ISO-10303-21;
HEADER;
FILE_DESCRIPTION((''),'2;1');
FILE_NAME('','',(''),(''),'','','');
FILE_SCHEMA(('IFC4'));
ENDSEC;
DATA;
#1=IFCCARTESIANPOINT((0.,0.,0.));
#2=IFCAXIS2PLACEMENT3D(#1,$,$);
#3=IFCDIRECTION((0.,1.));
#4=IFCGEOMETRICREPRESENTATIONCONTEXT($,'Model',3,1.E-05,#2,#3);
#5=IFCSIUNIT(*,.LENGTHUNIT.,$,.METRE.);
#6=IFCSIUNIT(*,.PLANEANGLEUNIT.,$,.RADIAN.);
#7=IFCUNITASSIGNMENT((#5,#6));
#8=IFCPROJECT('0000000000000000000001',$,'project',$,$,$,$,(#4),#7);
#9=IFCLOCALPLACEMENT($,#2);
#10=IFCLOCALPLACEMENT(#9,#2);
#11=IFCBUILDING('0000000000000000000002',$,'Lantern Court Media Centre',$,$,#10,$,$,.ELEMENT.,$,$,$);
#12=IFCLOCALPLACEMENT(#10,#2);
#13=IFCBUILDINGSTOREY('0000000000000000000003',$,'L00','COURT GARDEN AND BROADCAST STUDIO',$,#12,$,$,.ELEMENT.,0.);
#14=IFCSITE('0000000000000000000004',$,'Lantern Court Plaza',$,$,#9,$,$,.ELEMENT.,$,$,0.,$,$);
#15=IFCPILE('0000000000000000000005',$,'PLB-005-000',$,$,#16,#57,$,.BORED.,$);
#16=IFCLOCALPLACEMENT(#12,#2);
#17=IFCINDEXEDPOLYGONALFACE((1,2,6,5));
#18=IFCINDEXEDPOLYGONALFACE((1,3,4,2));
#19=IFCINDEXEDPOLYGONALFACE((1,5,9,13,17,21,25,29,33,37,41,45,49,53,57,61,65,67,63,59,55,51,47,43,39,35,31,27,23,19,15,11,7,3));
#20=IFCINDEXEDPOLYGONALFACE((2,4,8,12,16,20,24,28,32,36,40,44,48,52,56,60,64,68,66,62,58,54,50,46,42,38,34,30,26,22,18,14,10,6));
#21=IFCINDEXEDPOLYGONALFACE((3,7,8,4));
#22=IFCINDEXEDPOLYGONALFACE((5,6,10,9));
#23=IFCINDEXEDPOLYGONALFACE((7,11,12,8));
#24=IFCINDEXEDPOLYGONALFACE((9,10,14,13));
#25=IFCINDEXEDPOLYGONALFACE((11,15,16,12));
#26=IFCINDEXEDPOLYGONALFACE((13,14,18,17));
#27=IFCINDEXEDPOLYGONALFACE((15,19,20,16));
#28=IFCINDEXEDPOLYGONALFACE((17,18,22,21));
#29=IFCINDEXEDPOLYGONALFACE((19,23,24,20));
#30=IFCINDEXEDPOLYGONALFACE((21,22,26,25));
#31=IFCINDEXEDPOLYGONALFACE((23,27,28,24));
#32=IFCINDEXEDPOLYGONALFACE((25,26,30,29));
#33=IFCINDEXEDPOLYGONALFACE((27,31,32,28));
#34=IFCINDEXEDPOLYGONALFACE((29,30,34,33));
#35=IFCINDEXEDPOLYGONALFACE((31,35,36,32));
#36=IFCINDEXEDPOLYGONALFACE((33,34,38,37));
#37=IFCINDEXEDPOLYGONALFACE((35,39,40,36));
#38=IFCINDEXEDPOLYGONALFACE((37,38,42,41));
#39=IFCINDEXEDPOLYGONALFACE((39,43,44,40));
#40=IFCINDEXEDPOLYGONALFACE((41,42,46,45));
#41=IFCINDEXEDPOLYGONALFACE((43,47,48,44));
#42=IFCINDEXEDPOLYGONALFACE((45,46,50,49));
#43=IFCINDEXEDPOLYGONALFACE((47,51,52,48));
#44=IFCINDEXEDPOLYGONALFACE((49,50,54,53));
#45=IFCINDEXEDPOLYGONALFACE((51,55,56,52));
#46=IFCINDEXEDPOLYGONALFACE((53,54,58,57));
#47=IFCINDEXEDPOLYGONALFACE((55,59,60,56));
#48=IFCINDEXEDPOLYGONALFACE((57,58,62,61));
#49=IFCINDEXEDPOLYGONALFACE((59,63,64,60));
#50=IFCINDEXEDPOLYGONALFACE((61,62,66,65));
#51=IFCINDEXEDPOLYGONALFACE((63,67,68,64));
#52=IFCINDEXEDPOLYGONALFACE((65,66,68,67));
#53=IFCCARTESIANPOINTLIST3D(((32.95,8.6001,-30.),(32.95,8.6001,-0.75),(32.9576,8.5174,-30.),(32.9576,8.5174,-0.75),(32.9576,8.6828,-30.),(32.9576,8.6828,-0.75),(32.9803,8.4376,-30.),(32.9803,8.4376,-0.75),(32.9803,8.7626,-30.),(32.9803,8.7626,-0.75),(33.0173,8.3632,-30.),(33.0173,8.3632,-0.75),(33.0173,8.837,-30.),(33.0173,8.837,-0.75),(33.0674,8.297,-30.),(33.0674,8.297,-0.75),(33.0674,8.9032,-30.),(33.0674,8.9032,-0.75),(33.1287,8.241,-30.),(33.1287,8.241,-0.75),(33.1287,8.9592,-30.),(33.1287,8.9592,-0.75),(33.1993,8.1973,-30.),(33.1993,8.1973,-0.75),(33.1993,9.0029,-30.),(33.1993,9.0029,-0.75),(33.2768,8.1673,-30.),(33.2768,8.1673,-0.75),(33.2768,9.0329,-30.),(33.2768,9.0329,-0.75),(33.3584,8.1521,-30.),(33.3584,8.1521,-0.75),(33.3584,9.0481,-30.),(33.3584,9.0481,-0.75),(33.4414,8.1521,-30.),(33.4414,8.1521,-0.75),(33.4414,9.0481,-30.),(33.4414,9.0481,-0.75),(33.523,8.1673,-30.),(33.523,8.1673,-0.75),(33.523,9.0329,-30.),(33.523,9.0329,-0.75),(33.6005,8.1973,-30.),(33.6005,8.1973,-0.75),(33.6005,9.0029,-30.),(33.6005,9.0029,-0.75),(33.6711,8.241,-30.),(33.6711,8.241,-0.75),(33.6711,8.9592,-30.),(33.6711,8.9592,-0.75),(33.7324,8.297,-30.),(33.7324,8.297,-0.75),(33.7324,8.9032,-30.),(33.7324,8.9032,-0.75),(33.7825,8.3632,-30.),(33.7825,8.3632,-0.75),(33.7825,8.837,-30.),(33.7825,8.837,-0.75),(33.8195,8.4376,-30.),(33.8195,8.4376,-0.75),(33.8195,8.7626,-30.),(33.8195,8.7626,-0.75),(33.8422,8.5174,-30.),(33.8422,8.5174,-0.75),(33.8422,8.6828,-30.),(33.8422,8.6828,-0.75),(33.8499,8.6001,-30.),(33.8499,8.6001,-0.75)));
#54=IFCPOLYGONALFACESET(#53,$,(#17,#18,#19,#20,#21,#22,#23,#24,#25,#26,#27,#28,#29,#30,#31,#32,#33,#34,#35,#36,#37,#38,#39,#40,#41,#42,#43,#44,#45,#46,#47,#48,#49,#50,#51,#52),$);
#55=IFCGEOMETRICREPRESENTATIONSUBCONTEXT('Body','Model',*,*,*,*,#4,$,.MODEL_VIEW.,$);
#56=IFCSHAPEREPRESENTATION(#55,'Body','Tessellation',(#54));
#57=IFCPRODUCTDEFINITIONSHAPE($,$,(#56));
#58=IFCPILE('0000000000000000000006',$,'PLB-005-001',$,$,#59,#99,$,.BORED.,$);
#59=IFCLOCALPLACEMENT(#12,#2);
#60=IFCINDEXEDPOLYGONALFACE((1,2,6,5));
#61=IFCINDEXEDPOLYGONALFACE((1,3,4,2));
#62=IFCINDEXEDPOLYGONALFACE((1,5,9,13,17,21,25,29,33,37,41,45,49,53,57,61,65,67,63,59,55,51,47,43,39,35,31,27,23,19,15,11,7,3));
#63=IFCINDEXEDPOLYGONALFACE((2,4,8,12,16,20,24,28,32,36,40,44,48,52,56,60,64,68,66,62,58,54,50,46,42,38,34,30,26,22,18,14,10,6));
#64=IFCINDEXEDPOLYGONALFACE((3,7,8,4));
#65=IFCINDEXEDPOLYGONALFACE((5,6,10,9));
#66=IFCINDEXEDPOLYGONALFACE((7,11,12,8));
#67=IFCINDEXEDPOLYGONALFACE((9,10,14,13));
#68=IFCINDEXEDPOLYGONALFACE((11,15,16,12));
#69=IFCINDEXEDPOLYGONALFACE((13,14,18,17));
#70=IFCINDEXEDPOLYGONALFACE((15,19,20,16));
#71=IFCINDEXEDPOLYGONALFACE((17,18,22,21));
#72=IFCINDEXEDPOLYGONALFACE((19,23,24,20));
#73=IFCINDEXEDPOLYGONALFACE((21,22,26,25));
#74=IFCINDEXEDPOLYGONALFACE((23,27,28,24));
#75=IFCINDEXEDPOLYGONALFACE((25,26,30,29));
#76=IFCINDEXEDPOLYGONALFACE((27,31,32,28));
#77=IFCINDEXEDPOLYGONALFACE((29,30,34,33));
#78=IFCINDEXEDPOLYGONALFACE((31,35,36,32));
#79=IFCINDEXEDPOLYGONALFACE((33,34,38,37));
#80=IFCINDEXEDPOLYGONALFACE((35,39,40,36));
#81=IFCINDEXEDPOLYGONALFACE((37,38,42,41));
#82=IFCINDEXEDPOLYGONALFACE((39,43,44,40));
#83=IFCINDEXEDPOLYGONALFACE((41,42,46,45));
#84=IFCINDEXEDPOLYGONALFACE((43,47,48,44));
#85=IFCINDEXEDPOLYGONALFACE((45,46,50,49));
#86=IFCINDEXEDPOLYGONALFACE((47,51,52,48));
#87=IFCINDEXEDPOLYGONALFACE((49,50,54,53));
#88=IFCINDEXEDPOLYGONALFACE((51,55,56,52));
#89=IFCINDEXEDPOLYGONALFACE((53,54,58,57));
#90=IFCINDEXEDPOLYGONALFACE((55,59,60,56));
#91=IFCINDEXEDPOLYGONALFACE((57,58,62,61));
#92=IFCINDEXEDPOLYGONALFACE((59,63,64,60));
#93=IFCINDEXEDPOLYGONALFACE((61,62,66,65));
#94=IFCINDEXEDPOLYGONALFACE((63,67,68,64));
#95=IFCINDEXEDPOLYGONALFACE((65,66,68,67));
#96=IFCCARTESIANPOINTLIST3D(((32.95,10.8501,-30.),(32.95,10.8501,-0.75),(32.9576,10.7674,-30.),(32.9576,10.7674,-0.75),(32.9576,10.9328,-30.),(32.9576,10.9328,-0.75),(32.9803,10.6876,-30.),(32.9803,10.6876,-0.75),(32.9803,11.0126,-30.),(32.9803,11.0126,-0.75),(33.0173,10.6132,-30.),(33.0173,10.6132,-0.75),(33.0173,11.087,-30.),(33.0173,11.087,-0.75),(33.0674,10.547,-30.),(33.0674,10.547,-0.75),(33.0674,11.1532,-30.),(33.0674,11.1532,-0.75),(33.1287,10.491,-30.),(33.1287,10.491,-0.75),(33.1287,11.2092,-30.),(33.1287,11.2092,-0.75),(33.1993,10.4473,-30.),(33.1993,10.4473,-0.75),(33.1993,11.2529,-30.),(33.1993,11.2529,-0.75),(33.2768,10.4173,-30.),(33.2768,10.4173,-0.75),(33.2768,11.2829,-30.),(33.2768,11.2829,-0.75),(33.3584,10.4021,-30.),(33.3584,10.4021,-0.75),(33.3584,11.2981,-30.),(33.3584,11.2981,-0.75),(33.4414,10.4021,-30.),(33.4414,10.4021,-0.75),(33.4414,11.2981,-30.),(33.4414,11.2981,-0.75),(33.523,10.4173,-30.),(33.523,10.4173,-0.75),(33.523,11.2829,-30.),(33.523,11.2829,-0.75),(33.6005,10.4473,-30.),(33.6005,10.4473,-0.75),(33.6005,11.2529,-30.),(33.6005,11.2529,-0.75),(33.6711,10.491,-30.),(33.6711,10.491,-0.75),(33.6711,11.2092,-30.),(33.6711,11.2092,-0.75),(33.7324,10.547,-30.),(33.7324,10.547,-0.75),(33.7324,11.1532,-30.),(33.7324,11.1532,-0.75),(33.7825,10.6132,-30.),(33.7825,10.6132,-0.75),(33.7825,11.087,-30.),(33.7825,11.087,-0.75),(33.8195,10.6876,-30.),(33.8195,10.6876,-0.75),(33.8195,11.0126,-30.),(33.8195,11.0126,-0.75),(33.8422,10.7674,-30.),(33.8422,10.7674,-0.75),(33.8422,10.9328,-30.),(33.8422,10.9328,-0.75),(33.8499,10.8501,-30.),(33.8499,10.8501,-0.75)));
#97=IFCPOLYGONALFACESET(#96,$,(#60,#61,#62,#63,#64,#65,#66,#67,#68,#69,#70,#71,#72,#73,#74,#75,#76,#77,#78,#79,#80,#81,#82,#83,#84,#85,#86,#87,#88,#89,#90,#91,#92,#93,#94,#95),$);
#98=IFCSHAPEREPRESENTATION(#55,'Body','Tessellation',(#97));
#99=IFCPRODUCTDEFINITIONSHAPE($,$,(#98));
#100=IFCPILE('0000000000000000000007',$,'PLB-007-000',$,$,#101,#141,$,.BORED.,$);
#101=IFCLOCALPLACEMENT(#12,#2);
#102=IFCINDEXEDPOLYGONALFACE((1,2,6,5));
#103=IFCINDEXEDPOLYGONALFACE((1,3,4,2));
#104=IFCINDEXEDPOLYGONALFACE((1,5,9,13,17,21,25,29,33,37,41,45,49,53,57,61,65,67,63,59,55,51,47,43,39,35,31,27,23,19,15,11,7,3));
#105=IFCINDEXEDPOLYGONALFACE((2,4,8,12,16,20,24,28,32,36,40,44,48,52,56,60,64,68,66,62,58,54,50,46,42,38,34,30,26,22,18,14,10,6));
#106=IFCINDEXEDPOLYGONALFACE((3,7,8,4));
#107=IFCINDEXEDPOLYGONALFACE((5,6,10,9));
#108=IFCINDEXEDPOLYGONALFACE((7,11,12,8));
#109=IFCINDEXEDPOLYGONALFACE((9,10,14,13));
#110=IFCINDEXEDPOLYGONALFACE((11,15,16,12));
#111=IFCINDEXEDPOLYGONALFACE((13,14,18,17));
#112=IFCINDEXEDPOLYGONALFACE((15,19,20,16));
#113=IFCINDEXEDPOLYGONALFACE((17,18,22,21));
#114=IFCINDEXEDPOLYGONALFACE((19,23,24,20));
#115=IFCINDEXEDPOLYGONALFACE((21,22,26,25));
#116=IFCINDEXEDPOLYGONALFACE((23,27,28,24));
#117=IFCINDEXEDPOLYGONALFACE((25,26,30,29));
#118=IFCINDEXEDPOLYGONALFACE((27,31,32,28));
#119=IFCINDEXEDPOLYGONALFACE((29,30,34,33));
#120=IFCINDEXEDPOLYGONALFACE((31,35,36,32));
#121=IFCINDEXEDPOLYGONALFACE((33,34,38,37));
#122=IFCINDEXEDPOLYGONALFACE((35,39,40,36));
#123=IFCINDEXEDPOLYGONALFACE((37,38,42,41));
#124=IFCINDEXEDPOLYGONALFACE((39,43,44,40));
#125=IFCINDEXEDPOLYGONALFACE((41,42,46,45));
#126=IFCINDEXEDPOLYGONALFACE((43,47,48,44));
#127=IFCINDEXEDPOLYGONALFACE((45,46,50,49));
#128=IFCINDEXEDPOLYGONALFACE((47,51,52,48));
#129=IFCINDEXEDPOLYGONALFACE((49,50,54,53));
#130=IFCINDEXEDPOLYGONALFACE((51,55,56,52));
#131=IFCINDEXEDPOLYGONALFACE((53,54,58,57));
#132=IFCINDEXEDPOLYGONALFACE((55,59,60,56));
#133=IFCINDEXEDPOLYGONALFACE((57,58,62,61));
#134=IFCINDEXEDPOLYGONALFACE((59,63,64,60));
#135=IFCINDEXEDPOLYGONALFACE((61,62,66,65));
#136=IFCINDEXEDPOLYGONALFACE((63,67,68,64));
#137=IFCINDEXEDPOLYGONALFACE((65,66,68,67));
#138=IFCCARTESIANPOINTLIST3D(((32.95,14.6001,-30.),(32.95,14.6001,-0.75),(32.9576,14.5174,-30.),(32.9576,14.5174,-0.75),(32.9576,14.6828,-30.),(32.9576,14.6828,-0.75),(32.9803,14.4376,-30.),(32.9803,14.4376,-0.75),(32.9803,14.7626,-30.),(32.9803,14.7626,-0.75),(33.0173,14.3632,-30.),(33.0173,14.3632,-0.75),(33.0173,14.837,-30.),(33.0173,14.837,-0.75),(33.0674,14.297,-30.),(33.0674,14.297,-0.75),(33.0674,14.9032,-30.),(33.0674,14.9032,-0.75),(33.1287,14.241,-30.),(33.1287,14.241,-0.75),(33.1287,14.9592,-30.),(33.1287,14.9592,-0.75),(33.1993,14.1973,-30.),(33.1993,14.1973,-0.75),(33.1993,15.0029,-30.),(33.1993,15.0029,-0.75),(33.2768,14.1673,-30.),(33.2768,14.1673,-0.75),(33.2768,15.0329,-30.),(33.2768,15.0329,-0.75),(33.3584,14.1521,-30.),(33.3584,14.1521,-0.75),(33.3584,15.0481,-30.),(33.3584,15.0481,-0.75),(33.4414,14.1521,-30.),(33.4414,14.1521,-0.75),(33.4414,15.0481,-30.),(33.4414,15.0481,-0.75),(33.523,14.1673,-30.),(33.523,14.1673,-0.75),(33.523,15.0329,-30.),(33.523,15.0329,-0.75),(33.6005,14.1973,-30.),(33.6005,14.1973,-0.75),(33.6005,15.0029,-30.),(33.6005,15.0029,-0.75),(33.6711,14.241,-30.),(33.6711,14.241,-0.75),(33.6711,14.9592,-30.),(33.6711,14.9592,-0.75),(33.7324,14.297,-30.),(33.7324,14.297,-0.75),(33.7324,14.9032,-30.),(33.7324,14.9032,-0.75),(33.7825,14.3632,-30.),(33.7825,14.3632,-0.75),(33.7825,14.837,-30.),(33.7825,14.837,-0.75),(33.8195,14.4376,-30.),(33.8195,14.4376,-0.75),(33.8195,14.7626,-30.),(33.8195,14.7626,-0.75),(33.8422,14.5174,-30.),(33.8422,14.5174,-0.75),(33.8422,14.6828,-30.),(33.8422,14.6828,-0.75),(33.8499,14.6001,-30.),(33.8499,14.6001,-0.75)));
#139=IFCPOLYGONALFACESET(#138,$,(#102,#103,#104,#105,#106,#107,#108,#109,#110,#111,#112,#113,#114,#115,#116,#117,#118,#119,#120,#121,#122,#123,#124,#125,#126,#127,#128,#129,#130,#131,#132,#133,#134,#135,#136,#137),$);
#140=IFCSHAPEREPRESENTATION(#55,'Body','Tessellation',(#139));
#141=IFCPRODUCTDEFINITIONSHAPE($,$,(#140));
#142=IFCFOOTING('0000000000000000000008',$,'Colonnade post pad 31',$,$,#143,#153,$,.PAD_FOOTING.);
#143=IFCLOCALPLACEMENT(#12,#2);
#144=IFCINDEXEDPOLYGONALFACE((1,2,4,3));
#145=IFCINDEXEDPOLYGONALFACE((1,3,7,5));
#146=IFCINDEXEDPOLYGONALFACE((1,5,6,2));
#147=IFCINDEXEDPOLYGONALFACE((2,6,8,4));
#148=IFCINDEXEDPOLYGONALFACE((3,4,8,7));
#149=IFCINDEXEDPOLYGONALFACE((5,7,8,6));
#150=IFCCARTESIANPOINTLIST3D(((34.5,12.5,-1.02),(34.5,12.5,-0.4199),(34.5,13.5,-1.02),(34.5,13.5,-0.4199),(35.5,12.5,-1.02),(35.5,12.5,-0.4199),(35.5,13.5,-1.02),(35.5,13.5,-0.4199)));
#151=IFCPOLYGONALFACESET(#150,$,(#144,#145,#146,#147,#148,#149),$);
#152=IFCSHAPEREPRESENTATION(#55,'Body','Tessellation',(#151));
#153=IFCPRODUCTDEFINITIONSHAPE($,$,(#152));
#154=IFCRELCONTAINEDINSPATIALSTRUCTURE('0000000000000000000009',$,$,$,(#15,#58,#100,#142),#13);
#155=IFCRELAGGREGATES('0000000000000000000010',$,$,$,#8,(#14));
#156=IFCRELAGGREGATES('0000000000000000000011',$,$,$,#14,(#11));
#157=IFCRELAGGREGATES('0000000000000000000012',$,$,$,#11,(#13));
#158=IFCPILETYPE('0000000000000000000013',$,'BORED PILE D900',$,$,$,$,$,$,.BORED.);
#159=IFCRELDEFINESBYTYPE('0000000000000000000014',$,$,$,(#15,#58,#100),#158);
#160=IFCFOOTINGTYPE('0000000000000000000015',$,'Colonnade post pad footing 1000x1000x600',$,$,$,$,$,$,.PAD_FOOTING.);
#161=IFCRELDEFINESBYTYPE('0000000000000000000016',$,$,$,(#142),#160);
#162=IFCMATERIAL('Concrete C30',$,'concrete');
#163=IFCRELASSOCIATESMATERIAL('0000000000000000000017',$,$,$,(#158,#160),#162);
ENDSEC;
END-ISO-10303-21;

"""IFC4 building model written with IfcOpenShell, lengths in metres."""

from ifc_helpers import new_model, si_unit, direction, frame, origin, origin_2d, place, context, subcontext, project, spatial, rectangle, circle, extrude, material, material_profile, profile_set, type_object, element, save


model = new_model("IFC4")

# Units and contexts
model_context = context("Model", 3, precision=1e-05, world=origin(), true_north=direction((0.0, 1.0)))
body_context = subcontext(model_context, "Body", "Model", "MODEL_VIEW")
ifc_project = project(units=[si_unit("LENGTHUNIT", "METRE"), si_unit("PLANEANGLEUNIT", "RADIAN")], contexts=[model_context])

# Site, building, storey
site_placement = place(None, origin())
site = spatial("IfcSite", under=ifc_project, at=site_placement, Name="Lantern Court Plaza", CompositionType="ELEMENT", RefElevation=0.0)
building_placement = place(site_placement, origin())
building = spatial("IfcBuilding", under=site, at=building_placement, Name="Lantern Court Media Centre", CompositionType="ELEMENT")
storey_placement = place(building_placement, origin())
storey = spatial("IfcBuildingStorey", under=building, at=storey_placement, Name="L00", Description="COURT GARDEN AND BROADCAST STUDIO", CompositionType="ELEMENT", Elevation=0.0)

# Piles
ifc_material_1 = material(Name="Concrete C30", Category="concrete")
ifc_material_profile_1 = material_profile(ifc_material_1, circle(Radius=0.45, at=origin_2d()), Name="D900")
ifc_profile_set_1 = profile_set([ifc_material_profile_1], Name="Concrete C30")
pile_type = type_object("IfcPileType", Name="BORED PILE D900", PredefinedType="BORED", material=ifc_profile_set_1)
for number, where, z_axis, x_axis, name in (
    (1, (33.3999, 8.6001, -0.75), (0.0, 0.0, -1.0), (1.0, 0.0, 0.0), "PLB-005-000"),
    (2, (33.3999, 10.8501, -0.75), (0.0, 0.0, -1.0), (1.0, 0.0, 0.0), "PLB-005-001"),
    (3, (33.3999, 14.6001, -0.75), (0.0, 0.0, -1.0), (1.0, 0.0, 0.0), "PLB-007-000"),
):
    element("IfcPile", number, at=place(storey_placement, frame(where, z_axis=z_axis, x_axis=x_axis)), inside=storey, type_object=pile_type, Name=name, PredefinedType="BORED", context=body_context, shape_type="SweptSolid", body=[
        extrude(circle(Radius=0.45, at=origin_2d()), origin(), (0.0, 0.0, 1.0), 29.25),
    ])

# Footing
footing_type = type_object("IfcFootingType", Name="Colonnade post pad footing 1000x1000x600", PredefinedType="PAD_FOOTING", material=ifc_material_1)
footing_placement = place(storey_placement, frame((35.0, 13.0, -1.02), z_axis=(0.0, 0.0, 1.0), x_axis=(1.0, 0.0, 0.0)))
element("IfcFooting", 4, at=footing_placement, inside=storey, type_object=footing_type, Name="Colonnade post pad 31", PredefinedType="PAD_FOOTING", context=body_context, shape_type="SweptSolid", body=[
    extrude(rectangle(XDim=1.0, YDim=1.0, at=origin_2d()), origin(), (0.0, 0.0, 1.0), 0.6001),
])

save(model, "model.ifc")
